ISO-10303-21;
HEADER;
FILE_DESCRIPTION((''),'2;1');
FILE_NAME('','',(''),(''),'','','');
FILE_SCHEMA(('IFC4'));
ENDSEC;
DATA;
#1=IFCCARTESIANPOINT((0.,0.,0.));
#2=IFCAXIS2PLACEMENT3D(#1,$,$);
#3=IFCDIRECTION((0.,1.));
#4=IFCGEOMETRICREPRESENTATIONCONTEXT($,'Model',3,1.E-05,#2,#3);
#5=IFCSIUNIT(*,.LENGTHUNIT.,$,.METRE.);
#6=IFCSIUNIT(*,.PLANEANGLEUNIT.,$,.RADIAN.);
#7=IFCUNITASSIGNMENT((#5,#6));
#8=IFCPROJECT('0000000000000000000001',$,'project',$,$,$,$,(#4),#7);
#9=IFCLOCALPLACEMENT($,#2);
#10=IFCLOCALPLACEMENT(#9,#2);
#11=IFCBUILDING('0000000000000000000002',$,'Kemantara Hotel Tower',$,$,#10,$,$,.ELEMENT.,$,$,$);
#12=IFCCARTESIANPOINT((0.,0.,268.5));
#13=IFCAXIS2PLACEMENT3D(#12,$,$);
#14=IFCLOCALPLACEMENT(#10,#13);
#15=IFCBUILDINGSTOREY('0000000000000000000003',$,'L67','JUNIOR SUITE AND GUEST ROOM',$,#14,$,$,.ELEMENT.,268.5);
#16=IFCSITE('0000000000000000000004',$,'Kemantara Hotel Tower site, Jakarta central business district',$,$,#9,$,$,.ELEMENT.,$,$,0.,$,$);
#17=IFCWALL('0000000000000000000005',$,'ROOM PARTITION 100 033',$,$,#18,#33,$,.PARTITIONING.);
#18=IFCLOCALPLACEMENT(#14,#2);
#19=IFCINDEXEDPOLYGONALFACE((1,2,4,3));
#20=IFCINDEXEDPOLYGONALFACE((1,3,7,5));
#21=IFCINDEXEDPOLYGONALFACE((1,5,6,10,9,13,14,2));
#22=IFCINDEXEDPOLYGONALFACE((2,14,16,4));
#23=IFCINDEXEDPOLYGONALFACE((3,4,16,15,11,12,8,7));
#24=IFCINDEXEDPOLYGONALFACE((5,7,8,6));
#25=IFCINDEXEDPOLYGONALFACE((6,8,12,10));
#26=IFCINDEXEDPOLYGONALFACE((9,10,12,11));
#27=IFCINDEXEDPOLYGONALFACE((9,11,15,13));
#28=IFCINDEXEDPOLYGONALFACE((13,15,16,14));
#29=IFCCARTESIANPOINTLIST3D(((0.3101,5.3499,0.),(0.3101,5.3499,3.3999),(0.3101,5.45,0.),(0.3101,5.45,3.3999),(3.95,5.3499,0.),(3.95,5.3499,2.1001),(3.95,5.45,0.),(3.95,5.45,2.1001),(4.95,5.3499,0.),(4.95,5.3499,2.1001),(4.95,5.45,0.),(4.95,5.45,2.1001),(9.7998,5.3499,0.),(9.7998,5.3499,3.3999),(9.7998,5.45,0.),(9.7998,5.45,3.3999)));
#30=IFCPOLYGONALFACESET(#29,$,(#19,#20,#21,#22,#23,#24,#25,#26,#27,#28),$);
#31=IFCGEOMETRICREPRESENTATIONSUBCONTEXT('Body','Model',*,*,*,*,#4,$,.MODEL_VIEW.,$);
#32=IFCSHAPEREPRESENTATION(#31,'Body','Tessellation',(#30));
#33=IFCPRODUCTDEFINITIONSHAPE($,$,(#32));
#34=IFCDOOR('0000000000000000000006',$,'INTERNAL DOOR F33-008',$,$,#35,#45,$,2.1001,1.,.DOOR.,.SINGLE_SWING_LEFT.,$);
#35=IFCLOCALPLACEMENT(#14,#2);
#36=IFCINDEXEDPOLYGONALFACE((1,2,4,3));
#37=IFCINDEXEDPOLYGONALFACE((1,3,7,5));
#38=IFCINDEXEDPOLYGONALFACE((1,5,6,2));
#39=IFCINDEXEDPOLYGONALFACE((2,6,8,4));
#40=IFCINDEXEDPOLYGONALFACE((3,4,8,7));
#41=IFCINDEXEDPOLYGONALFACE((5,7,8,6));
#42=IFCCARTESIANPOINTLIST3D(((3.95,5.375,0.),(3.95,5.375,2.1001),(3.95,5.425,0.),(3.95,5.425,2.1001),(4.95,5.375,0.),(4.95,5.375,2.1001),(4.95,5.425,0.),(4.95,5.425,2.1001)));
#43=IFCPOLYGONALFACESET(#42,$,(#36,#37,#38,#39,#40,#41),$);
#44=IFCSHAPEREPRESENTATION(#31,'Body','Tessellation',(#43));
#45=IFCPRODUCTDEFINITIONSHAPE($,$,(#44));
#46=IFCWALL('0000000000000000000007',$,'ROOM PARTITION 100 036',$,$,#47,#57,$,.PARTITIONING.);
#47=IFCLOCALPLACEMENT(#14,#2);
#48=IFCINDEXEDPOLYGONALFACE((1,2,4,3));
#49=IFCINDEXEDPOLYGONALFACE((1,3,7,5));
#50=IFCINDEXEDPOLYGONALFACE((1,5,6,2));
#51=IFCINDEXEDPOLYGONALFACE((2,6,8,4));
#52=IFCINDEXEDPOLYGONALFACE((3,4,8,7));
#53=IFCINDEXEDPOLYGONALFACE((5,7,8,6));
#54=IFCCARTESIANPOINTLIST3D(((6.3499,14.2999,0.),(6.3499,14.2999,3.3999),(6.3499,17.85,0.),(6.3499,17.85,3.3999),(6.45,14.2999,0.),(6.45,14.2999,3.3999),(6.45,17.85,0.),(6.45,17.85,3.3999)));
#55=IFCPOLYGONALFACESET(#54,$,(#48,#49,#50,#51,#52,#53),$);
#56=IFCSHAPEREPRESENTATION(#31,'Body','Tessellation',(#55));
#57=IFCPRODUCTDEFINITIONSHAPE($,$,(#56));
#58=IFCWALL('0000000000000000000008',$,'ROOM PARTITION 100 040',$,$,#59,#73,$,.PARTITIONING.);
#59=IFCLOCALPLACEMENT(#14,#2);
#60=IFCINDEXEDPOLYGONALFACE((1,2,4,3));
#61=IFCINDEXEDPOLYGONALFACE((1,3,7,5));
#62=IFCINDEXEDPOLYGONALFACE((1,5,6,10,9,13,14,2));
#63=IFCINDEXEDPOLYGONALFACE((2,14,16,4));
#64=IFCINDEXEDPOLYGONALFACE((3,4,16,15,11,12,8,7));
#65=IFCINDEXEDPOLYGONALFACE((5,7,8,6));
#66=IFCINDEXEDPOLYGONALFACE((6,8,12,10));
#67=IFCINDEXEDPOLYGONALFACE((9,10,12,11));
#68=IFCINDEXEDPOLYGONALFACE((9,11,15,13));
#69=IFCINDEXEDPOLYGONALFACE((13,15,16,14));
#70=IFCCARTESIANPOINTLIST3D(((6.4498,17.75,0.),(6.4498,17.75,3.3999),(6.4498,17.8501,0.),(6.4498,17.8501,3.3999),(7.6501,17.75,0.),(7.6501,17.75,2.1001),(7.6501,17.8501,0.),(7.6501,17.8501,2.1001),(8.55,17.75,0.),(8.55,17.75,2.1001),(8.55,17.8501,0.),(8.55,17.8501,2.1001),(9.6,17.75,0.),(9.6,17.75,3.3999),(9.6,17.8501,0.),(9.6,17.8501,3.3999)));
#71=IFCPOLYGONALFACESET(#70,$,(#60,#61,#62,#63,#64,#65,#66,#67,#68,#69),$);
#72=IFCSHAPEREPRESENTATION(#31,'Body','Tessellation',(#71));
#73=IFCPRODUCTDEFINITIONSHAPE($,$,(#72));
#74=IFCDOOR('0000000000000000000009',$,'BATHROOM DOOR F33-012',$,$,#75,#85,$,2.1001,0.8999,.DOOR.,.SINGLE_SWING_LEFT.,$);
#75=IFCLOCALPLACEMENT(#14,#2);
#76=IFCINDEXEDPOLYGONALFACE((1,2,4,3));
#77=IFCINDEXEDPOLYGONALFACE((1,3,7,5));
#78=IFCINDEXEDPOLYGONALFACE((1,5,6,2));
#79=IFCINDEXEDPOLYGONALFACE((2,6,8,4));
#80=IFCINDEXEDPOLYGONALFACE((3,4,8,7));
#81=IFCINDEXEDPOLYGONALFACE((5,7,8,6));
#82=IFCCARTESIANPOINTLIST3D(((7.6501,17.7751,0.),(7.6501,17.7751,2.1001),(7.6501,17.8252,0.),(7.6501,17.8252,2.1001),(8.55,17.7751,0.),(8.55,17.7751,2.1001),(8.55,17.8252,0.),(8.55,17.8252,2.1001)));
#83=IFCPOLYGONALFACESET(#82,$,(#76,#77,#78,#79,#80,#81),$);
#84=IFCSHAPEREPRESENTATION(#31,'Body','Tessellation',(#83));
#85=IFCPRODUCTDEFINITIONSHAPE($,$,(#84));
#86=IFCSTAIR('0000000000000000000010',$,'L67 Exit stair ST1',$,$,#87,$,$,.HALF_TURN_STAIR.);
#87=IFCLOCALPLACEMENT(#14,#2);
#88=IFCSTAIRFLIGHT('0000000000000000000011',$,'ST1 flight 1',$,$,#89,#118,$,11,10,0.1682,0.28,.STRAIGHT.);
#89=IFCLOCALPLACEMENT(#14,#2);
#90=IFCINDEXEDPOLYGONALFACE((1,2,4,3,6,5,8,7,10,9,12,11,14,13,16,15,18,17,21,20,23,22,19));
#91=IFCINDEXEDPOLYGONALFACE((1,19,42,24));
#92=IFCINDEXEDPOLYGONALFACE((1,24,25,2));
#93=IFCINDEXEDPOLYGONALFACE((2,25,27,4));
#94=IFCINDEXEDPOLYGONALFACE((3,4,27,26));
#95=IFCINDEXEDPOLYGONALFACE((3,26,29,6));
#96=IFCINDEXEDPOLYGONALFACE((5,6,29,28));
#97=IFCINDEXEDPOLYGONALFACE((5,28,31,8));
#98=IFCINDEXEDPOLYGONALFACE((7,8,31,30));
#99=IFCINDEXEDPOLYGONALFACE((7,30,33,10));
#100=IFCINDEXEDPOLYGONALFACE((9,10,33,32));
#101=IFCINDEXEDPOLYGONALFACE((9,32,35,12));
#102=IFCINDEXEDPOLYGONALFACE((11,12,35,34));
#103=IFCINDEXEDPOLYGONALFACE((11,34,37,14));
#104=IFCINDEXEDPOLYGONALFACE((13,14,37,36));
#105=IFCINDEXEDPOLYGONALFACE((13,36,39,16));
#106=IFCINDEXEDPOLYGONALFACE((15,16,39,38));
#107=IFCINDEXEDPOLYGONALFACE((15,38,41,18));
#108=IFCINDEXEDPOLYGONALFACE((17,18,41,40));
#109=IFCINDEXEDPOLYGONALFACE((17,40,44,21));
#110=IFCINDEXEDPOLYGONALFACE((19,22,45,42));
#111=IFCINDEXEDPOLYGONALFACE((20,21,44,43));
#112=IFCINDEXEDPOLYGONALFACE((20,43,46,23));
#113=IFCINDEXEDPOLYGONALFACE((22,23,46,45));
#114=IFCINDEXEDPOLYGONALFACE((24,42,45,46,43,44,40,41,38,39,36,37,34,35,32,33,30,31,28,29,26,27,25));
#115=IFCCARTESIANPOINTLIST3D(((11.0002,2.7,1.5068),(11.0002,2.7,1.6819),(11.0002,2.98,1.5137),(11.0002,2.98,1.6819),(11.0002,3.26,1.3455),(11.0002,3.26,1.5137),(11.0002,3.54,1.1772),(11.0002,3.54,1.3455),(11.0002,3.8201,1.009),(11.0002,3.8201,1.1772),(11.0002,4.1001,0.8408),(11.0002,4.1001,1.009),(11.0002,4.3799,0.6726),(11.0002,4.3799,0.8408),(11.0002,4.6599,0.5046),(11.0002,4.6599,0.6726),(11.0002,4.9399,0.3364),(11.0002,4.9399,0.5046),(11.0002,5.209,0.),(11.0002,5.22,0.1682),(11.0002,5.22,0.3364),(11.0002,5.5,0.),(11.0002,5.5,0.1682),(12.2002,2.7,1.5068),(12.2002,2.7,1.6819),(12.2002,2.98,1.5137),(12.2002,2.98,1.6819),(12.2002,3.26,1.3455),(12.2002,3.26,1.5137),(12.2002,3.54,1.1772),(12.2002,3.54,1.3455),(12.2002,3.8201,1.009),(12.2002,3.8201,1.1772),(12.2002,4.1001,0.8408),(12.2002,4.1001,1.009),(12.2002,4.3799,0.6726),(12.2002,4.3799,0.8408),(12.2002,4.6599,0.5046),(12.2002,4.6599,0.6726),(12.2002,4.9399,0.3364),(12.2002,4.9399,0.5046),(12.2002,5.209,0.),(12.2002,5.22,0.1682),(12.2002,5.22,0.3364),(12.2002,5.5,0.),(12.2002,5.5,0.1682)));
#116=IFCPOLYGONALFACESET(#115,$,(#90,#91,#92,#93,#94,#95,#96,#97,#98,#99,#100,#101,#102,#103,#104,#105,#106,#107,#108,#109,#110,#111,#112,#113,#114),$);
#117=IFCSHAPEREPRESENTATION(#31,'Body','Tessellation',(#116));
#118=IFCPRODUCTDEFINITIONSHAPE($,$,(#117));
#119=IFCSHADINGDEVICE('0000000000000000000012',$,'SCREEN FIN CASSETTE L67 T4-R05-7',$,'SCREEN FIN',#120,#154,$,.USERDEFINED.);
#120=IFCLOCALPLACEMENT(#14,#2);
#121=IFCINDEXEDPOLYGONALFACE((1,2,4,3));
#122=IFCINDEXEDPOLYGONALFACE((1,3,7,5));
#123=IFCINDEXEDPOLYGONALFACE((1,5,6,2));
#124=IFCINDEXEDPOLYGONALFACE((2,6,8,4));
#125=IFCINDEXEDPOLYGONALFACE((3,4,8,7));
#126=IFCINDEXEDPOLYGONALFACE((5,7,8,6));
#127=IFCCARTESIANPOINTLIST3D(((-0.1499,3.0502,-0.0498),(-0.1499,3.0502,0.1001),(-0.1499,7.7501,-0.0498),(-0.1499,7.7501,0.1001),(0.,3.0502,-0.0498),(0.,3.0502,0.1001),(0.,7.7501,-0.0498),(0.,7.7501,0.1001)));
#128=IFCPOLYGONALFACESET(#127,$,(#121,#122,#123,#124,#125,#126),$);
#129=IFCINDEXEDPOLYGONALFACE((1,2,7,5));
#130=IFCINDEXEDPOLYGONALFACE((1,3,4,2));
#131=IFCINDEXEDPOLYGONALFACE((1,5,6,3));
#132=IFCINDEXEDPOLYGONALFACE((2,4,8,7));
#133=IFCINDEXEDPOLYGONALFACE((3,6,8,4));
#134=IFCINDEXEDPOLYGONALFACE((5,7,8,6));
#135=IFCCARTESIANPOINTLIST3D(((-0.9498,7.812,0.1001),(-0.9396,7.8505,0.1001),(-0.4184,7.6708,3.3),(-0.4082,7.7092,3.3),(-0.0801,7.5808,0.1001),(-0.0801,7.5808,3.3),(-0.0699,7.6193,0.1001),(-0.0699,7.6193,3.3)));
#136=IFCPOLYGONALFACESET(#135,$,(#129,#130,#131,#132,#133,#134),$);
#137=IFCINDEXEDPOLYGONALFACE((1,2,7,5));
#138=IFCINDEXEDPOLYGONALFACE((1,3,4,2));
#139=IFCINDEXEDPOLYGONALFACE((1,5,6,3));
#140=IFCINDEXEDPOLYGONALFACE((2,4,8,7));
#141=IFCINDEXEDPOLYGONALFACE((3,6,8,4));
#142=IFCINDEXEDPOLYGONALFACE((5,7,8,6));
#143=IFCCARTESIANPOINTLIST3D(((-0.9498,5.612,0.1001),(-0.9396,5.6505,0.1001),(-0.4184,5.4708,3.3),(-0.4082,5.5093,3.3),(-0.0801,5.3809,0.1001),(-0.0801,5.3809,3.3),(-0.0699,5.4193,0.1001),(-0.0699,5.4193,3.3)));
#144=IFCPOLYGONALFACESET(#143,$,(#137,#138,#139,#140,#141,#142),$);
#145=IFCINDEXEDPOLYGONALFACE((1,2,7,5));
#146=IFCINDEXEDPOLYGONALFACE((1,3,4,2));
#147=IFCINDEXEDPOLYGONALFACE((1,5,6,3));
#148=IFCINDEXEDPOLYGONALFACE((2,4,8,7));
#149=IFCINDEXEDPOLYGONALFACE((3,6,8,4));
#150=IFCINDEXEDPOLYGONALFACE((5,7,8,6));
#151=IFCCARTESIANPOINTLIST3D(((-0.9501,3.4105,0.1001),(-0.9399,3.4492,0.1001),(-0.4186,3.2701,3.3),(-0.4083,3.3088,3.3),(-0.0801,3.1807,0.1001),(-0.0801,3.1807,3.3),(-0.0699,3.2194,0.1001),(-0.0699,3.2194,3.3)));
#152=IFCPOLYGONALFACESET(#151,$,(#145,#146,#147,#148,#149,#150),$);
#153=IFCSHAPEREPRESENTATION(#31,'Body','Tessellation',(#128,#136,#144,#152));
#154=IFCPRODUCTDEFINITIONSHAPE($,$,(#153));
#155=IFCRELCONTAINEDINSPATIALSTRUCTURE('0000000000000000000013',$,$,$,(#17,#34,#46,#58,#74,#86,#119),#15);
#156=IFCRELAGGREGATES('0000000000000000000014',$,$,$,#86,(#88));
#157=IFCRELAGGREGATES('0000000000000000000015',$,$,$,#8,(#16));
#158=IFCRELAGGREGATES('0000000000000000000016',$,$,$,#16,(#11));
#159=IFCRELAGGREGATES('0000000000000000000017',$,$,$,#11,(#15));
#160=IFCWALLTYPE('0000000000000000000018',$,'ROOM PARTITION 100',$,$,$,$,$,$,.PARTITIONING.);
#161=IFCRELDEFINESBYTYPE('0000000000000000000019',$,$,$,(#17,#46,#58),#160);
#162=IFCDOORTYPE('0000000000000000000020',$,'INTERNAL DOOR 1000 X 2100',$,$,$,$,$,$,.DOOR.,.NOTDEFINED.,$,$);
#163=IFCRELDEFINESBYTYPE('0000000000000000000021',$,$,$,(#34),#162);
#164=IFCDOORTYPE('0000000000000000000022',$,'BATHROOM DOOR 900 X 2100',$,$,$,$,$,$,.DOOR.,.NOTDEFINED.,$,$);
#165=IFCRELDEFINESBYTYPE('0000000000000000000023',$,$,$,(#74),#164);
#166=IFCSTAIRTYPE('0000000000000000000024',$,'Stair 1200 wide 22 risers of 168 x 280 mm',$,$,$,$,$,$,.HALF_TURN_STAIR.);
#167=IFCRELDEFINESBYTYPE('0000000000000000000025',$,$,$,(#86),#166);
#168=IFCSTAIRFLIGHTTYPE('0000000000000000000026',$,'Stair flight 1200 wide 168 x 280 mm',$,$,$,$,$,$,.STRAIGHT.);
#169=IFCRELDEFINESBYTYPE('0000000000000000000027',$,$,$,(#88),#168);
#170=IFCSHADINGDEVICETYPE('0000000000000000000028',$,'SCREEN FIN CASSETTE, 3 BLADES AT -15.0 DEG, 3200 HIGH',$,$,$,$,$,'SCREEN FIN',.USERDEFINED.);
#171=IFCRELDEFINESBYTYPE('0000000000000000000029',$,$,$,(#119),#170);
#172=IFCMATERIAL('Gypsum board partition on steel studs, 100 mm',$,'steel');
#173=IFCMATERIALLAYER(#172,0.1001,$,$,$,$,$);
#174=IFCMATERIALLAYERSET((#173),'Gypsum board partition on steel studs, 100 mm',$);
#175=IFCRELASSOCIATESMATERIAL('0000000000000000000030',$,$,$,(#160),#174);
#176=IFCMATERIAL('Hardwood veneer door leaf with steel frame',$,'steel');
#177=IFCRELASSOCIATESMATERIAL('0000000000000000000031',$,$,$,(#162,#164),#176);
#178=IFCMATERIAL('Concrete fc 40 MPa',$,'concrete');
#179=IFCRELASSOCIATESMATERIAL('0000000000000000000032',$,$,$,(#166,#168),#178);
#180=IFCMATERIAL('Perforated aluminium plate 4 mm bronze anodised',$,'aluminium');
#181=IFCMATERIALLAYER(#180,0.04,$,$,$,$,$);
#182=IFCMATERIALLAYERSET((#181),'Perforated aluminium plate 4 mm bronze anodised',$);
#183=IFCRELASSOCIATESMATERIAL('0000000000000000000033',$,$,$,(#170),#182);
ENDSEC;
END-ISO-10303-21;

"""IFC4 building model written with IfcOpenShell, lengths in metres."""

from ifc_helpers import new_model, si_unit, direction, frame, frame_2d, origin, origin_2d, place, context, subcontext, project, spatial, polyline, rectangle, outline, extrude, source, transform, mapped, material, layer, layer_set, type_object, element, fill, aggregate, save


model = new_model("IFC4")

# Units and contexts
model_context = context("Model", 3, precision=1e-05, world=origin(), true_north=direction((0.0, 1.0)))
body_context = subcontext(model_context, "Body", "Model", "MODEL_VIEW")
ifc_project = project(units=[si_unit("LENGTHUNIT", "METRE"), si_unit("PLANEANGLEUNIT", "RADIAN")], contexts=[model_context])

# Site, building, storey
site_placement = place(None, origin())
site = spatial("IfcSite", under=ifc_project, at=site_placement, Name="Kemantara Hotel Tower site, Jakarta central business district", CompositionType="ELEMENT", RefElevation=0.0)
building_placement = place(site_placement, origin())
building = spatial("IfcBuilding", under=site, at=building_placement, Name="Kemantara Hotel Tower", CompositionType="ELEMENT")
storey_placement = place(building_placement, frame((0.0, 0.0, 268.5)))
storey = spatial("IfcBuildingStorey", under=building, at=storey_placement, Name="L67", Description="JUNIOR SUITE AND GUEST ROOM", CompositionType="ELEMENT", Elevation=268.5)

# Shared definitions
ifc_material_1 = material(Name="Hardwood veneer door leaf with steel frame", Category="steel")

# Wall, opening, door
ifc_material_2 = material(Name="Gypsum board partition on steel studs, 100 mm", Category="steel")
ifc_layer_1 = layer(ifc_material_2, 0.1001)
ifc_layer_set_1 = layer_set([ifc_layer_1], Name="Gypsum board partition on steel studs, 100 mm")
wall_type_1 = type_object("IfcWallType", Name="ROOM PARTITION 100", PredefinedType="PARTITIONING", material=ifc_layer_set_1)
wall_1_placement = place(storey_placement, frame((9.7998, 5.3999, 0.0), z_axis=(0.0, 0.0, 1.0), x_axis=(-1.0, 0.0, 0.0)))
wall_1 = element("IfcWall", 1, at=wall_1_placement, inside=storey, type_object=wall_type_1, Name="ROOM PARTITION 100 033", PredefinedType="PARTITIONING", context=body_context, shape_type="SweptSolid", body=[
    extrude(rectangle(XDim=9.4897, YDim=0.1001, at=frame_2d((4.7449, 0.0))), origin(), (0.0, 0.0, 1.0), 3.3999),
])
opening_1_placement = place(wall_1_placement, frame((4.8499, 0.0, 0.0)))
opening_1 = element("IfcOpeningElement", 2, at=opening_1_placement, cuts=wall_1, PredefinedType="OPENING", context=body_context, shape_type="SweptSolid", body=[
    extrude(rectangle(XDim=1.0, YDim=2.1001, at=frame_2d((0.5, 1.05))), frame((0.0, 0.0601, 0.0), z_axis=(0.0, -1.0, 0.0), x_axis=(1.0, 0.0, 0.0)), (0.0, 0.0, 1.0), 0.1201),
])
door_type_1 = type_object("IfcDoorType", Name="INTERNAL DOOR 1000 X 2100", OperationType="NOTDEFINED", PredefinedType="DOOR", material=ifc_material_1)
door_1_placement = place(opening_1_placement, origin())
door_1 = element("IfcDoor", 3, at=door_1_placement, inside=storey, type_object=door_type_1, Name="INTERNAL DOOR F33-008", OperationType="SINGLE_SWING_LEFT", OverallHeight=2.1001, OverallWidth=1.0, PredefinedType="DOOR", context=body_context, shape_type="SweptSolid", body=[
    extrude(rectangle(XDim=1.0, YDim=2.1001, at=frame_2d((0.5, 1.05))), frame((0.0, 0.0249, 0.0), z_axis=(0.0, -1.0, 0.0), x_axis=(1.0, 0.0, 0.0)), (0.0, 0.0, 1.0), 0.05),
])
fill(opening_1, door_1)

# Wall
wall_2_placement = place(storey_placement, frame((6.3999, 14.3, 0.0), z_axis=(0.0, 0.0, 1.0), x_axis=(0.0, 1.0, 0.0)))
element("IfcWall", 4, at=wall_2_placement, inside=storey, type_object=wall_type_1, Name="ROOM PARTITION 100 036", PredefinedType="PARTITIONING", context=body_context, shape_type="SweptSolid", body=[
    extrude(rectangle(XDim=3.55, YDim=0.1001, at=frame_2d((1.7749, 0.0))), origin(), (0.0, 0.0, 1.0), 3.3999),
])

# Wall, opening, door
wall_3_placement = place(storey_placement, frame((9.6001, 17.8, 0.0), z_axis=(0.0, 0.0, 1.0), x_axis=(-1.0, 0.0, 0.0)))
wall_3 = element("IfcWall", 5, at=wall_3_placement, inside=storey, type_object=wall_type_1, Name="ROOM PARTITION 100 040", PredefinedType="PARTITIONING", context=body_context, shape_type="SweptSolid", body=[
    extrude(rectangle(XDim=3.1501, YDim=0.1001, at=frame_2d((1.5752, 0.0))), origin(), (0.0, 0.0, 1.0), 3.3999),
])
opening_2_placement = place(wall_3_placement, frame((1.05, 0.0, 0.0)))
opening_2 = element("IfcOpeningElement", 6, at=opening_2_placement, cuts=wall_3, PredefinedType="OPENING", context=body_context, shape_type="SweptSolid", body=[
    extrude(rectangle(XDim=0.8999, YDim=2.1001, at=frame_2d((0.45, 1.05))), frame((0.0, 0.0601, 0.0), z_axis=(0.0, -1.0, 0.0), x_axis=(1.0, 0.0, 0.0)), (0.0, 0.0, 1.0), 0.1201),
])
door_type_2 = type_object("IfcDoorType", Name="BATHROOM DOOR 900 X 2100", OperationType="NOTDEFINED", PredefinedType="DOOR", material=ifc_material_1)
door_2_placement = place(opening_2_placement, origin())
door_2 = element("IfcDoor", 7, at=door_2_placement, inside=storey, type_object=door_type_2, Name="BATHROOM DOOR F33-012", OperationType="SINGLE_SWING_LEFT", OverallHeight=2.1001, OverallWidth=0.8999, PredefinedType="DOOR", context=body_context, shape_type="SweptSolid", body=[
    extrude(rectangle(XDim=0.8999, YDim=2.1001, at=frame_2d((0.45, 1.05))), frame((0.0, 0.0249, 0.0), z_axis=(0.0, -1.0, 0.0), x_axis=(1.0, 0.0, 0.0)), (0.0, 0.0, 1.0), 0.05),
])
fill(opening_2, door_2)

# Stair, stair flight
ifc_material_3 = material(Name="Concrete fc 40 MPa", Category="concrete")
stair_type = type_object("IfcStairType", Name="Stair 1200 wide 22 risers of 168 x 280 mm", PredefinedType="HALF_TURN_STAIR", material=ifc_material_3)
stair_placement = place(storey_placement, origin())
stair = element("IfcStair", 8, at=stair_placement, inside=storey, type_object=stair_type, Name="L67 Exit stair ST1", PredefinedType="HALF_TURN_STAIR")
stair_flight_type = type_object("IfcStairFlightType", Name="Stair flight 1200 wide 168 x 280 mm", PredefinedType="STRAIGHT", material=ifc_material_3)
stair_flight_placement = place(storey_placement, frame((11.6001, 5.5, 0.0), z_axis=(0.0, 0.0, 1.0), x_axis=(0.0, -1.0, 0.0)))
stair_flight = element("IfcStairFlight", 9, at=stair_flight_placement, type_object=stair_flight_type, Name="ST1 flight 1", NumberOfRisers=11, NumberOfTreads=10, PredefinedType="STRAIGHT", RiserHeight=0.1682, TreadLength=0.28, context=body_context, shape_type="SweptSolid", body=[
    extrude(outline(polyline([(0.0, 0.0), (0.0, 0.1682), (0.28, 0.1682), (0.28, 0.3364), (0.5601, 0.3364), (0.5601, 0.5046), (0.8401, 0.5046), (0.8401, 0.6726), (1.1201, 0.6726), (1.1201, 0.8408), (1.3999, 0.8408), (1.3999, 1.009), (1.6799, 1.009), (1.6799, 1.1772), (1.96, 1.1772), (1.96, 1.3455), (2.24, 1.3455), (2.24, 1.5137), (2.52, 1.5137), (2.52, 1.6819), (2.8, 1.6819), (2.8, 1.8501), (2.8, 1.5068), (0.291, 0.0), (0.0, 0.0)])), frame((0.0, 0.6001, 0.0), z_axis=(0.0, -1.0, 0.0), x_axis=(1.0, 0.0, 0.0)), (0.0, 0.0, 1.0), 1.2),
])
aggregate(stair, [stair_flight])

# Shading device
ifc_material_4 = material(Name="Perforated aluminium plate 4 mm bronze anodised", Category="aluminium")
ifc_layer_2 = layer(ifc_material_4, 0.04)
ifc_layer_set_2 = layer_set([ifc_layer_2], Name="Perforated aluminium plate 4 mm bronze anodised")
shading_device_type_1 = type_object("IfcShadingDeviceType", Name="SCREEN FIN CASSETTE, 3 BLADES AT -15.0 DEG, 3200 HIGH", ElementType="SCREEN FIN", PredefinedType="USERDEFINED", material=ifc_layer_set_2)
shared_shape_1 = source(origin(), body_context, "Body", "SweptSolid", [
    extrude(rectangle(XDim=4.7, YDim=0.1499, at=origin_2d()), frame((2.2, -0.075, -0.1499), z_axis=(0.0, 0.0, 1.0), x_axis=(1.0, 0.0, 0.0)), (0.0, 0.0, 1.0), 0.1499),
    extrude(outline(polyline([(0.0, 0.0), (0.8999, 0.0), (0.3501, 3.2), (0.0, 3.2), (0.0, 0.0)])), frame((0.0193, -0.0801, 0.0), z_axis=(-0.966438, 0.256901, 0.0), x_axis=(-0.256901, -0.966438, 0.0)), (0.0, 0.0, 1.0), 0.0398),
    extrude(outline(polyline([(0.0, 0.0), (0.8999, 0.0), (0.3501, 3.2), (0.0, 3.2), (0.0, 0.0)])), frame((2.2192, -0.0801, 0.0), z_axis=(-0.966438, 0.256901, 0.0), x_axis=(-0.256901, -0.966438, 0.0)), (0.0, 0.0, 1.0), 0.0398),
    extrude(outline(polyline([(0.0, 0.0), (0.8999, 0.0), (0.3501, 3.2), (0.0, 3.2), (0.0, 0.0)])), frame((4.4194, -0.0801, 0.0), z_axis=(-0.966838, 0.255391, 0.0), x_axis=(-0.255391, -0.966838, 0.0)), (0.0, 0.0, 1.0), 0.04),
])
shading_device_1_placement = place(storey_placement, frame((0.0, 7.6001, 0.1001), z_axis=(0.0, 0.0, 1.0), x_axis=(0.0, -1.0, 0.0)))
element("IfcShadingDevice", 10, at=shading_device_1_placement, inside=storey, type_object=shading_device_type_1, Name="SCREEN FIN CASSETTE L67 T4-R05-7", ObjectType="SCREEN FIN", PredefinedType="USERDEFINED", context=body_context, shape_type="MappedRepresentation", body=[
    mapped(shared_shape_1, transform((0.0, 0.0, 0.0))),
])

save(model, "model.ifc")
